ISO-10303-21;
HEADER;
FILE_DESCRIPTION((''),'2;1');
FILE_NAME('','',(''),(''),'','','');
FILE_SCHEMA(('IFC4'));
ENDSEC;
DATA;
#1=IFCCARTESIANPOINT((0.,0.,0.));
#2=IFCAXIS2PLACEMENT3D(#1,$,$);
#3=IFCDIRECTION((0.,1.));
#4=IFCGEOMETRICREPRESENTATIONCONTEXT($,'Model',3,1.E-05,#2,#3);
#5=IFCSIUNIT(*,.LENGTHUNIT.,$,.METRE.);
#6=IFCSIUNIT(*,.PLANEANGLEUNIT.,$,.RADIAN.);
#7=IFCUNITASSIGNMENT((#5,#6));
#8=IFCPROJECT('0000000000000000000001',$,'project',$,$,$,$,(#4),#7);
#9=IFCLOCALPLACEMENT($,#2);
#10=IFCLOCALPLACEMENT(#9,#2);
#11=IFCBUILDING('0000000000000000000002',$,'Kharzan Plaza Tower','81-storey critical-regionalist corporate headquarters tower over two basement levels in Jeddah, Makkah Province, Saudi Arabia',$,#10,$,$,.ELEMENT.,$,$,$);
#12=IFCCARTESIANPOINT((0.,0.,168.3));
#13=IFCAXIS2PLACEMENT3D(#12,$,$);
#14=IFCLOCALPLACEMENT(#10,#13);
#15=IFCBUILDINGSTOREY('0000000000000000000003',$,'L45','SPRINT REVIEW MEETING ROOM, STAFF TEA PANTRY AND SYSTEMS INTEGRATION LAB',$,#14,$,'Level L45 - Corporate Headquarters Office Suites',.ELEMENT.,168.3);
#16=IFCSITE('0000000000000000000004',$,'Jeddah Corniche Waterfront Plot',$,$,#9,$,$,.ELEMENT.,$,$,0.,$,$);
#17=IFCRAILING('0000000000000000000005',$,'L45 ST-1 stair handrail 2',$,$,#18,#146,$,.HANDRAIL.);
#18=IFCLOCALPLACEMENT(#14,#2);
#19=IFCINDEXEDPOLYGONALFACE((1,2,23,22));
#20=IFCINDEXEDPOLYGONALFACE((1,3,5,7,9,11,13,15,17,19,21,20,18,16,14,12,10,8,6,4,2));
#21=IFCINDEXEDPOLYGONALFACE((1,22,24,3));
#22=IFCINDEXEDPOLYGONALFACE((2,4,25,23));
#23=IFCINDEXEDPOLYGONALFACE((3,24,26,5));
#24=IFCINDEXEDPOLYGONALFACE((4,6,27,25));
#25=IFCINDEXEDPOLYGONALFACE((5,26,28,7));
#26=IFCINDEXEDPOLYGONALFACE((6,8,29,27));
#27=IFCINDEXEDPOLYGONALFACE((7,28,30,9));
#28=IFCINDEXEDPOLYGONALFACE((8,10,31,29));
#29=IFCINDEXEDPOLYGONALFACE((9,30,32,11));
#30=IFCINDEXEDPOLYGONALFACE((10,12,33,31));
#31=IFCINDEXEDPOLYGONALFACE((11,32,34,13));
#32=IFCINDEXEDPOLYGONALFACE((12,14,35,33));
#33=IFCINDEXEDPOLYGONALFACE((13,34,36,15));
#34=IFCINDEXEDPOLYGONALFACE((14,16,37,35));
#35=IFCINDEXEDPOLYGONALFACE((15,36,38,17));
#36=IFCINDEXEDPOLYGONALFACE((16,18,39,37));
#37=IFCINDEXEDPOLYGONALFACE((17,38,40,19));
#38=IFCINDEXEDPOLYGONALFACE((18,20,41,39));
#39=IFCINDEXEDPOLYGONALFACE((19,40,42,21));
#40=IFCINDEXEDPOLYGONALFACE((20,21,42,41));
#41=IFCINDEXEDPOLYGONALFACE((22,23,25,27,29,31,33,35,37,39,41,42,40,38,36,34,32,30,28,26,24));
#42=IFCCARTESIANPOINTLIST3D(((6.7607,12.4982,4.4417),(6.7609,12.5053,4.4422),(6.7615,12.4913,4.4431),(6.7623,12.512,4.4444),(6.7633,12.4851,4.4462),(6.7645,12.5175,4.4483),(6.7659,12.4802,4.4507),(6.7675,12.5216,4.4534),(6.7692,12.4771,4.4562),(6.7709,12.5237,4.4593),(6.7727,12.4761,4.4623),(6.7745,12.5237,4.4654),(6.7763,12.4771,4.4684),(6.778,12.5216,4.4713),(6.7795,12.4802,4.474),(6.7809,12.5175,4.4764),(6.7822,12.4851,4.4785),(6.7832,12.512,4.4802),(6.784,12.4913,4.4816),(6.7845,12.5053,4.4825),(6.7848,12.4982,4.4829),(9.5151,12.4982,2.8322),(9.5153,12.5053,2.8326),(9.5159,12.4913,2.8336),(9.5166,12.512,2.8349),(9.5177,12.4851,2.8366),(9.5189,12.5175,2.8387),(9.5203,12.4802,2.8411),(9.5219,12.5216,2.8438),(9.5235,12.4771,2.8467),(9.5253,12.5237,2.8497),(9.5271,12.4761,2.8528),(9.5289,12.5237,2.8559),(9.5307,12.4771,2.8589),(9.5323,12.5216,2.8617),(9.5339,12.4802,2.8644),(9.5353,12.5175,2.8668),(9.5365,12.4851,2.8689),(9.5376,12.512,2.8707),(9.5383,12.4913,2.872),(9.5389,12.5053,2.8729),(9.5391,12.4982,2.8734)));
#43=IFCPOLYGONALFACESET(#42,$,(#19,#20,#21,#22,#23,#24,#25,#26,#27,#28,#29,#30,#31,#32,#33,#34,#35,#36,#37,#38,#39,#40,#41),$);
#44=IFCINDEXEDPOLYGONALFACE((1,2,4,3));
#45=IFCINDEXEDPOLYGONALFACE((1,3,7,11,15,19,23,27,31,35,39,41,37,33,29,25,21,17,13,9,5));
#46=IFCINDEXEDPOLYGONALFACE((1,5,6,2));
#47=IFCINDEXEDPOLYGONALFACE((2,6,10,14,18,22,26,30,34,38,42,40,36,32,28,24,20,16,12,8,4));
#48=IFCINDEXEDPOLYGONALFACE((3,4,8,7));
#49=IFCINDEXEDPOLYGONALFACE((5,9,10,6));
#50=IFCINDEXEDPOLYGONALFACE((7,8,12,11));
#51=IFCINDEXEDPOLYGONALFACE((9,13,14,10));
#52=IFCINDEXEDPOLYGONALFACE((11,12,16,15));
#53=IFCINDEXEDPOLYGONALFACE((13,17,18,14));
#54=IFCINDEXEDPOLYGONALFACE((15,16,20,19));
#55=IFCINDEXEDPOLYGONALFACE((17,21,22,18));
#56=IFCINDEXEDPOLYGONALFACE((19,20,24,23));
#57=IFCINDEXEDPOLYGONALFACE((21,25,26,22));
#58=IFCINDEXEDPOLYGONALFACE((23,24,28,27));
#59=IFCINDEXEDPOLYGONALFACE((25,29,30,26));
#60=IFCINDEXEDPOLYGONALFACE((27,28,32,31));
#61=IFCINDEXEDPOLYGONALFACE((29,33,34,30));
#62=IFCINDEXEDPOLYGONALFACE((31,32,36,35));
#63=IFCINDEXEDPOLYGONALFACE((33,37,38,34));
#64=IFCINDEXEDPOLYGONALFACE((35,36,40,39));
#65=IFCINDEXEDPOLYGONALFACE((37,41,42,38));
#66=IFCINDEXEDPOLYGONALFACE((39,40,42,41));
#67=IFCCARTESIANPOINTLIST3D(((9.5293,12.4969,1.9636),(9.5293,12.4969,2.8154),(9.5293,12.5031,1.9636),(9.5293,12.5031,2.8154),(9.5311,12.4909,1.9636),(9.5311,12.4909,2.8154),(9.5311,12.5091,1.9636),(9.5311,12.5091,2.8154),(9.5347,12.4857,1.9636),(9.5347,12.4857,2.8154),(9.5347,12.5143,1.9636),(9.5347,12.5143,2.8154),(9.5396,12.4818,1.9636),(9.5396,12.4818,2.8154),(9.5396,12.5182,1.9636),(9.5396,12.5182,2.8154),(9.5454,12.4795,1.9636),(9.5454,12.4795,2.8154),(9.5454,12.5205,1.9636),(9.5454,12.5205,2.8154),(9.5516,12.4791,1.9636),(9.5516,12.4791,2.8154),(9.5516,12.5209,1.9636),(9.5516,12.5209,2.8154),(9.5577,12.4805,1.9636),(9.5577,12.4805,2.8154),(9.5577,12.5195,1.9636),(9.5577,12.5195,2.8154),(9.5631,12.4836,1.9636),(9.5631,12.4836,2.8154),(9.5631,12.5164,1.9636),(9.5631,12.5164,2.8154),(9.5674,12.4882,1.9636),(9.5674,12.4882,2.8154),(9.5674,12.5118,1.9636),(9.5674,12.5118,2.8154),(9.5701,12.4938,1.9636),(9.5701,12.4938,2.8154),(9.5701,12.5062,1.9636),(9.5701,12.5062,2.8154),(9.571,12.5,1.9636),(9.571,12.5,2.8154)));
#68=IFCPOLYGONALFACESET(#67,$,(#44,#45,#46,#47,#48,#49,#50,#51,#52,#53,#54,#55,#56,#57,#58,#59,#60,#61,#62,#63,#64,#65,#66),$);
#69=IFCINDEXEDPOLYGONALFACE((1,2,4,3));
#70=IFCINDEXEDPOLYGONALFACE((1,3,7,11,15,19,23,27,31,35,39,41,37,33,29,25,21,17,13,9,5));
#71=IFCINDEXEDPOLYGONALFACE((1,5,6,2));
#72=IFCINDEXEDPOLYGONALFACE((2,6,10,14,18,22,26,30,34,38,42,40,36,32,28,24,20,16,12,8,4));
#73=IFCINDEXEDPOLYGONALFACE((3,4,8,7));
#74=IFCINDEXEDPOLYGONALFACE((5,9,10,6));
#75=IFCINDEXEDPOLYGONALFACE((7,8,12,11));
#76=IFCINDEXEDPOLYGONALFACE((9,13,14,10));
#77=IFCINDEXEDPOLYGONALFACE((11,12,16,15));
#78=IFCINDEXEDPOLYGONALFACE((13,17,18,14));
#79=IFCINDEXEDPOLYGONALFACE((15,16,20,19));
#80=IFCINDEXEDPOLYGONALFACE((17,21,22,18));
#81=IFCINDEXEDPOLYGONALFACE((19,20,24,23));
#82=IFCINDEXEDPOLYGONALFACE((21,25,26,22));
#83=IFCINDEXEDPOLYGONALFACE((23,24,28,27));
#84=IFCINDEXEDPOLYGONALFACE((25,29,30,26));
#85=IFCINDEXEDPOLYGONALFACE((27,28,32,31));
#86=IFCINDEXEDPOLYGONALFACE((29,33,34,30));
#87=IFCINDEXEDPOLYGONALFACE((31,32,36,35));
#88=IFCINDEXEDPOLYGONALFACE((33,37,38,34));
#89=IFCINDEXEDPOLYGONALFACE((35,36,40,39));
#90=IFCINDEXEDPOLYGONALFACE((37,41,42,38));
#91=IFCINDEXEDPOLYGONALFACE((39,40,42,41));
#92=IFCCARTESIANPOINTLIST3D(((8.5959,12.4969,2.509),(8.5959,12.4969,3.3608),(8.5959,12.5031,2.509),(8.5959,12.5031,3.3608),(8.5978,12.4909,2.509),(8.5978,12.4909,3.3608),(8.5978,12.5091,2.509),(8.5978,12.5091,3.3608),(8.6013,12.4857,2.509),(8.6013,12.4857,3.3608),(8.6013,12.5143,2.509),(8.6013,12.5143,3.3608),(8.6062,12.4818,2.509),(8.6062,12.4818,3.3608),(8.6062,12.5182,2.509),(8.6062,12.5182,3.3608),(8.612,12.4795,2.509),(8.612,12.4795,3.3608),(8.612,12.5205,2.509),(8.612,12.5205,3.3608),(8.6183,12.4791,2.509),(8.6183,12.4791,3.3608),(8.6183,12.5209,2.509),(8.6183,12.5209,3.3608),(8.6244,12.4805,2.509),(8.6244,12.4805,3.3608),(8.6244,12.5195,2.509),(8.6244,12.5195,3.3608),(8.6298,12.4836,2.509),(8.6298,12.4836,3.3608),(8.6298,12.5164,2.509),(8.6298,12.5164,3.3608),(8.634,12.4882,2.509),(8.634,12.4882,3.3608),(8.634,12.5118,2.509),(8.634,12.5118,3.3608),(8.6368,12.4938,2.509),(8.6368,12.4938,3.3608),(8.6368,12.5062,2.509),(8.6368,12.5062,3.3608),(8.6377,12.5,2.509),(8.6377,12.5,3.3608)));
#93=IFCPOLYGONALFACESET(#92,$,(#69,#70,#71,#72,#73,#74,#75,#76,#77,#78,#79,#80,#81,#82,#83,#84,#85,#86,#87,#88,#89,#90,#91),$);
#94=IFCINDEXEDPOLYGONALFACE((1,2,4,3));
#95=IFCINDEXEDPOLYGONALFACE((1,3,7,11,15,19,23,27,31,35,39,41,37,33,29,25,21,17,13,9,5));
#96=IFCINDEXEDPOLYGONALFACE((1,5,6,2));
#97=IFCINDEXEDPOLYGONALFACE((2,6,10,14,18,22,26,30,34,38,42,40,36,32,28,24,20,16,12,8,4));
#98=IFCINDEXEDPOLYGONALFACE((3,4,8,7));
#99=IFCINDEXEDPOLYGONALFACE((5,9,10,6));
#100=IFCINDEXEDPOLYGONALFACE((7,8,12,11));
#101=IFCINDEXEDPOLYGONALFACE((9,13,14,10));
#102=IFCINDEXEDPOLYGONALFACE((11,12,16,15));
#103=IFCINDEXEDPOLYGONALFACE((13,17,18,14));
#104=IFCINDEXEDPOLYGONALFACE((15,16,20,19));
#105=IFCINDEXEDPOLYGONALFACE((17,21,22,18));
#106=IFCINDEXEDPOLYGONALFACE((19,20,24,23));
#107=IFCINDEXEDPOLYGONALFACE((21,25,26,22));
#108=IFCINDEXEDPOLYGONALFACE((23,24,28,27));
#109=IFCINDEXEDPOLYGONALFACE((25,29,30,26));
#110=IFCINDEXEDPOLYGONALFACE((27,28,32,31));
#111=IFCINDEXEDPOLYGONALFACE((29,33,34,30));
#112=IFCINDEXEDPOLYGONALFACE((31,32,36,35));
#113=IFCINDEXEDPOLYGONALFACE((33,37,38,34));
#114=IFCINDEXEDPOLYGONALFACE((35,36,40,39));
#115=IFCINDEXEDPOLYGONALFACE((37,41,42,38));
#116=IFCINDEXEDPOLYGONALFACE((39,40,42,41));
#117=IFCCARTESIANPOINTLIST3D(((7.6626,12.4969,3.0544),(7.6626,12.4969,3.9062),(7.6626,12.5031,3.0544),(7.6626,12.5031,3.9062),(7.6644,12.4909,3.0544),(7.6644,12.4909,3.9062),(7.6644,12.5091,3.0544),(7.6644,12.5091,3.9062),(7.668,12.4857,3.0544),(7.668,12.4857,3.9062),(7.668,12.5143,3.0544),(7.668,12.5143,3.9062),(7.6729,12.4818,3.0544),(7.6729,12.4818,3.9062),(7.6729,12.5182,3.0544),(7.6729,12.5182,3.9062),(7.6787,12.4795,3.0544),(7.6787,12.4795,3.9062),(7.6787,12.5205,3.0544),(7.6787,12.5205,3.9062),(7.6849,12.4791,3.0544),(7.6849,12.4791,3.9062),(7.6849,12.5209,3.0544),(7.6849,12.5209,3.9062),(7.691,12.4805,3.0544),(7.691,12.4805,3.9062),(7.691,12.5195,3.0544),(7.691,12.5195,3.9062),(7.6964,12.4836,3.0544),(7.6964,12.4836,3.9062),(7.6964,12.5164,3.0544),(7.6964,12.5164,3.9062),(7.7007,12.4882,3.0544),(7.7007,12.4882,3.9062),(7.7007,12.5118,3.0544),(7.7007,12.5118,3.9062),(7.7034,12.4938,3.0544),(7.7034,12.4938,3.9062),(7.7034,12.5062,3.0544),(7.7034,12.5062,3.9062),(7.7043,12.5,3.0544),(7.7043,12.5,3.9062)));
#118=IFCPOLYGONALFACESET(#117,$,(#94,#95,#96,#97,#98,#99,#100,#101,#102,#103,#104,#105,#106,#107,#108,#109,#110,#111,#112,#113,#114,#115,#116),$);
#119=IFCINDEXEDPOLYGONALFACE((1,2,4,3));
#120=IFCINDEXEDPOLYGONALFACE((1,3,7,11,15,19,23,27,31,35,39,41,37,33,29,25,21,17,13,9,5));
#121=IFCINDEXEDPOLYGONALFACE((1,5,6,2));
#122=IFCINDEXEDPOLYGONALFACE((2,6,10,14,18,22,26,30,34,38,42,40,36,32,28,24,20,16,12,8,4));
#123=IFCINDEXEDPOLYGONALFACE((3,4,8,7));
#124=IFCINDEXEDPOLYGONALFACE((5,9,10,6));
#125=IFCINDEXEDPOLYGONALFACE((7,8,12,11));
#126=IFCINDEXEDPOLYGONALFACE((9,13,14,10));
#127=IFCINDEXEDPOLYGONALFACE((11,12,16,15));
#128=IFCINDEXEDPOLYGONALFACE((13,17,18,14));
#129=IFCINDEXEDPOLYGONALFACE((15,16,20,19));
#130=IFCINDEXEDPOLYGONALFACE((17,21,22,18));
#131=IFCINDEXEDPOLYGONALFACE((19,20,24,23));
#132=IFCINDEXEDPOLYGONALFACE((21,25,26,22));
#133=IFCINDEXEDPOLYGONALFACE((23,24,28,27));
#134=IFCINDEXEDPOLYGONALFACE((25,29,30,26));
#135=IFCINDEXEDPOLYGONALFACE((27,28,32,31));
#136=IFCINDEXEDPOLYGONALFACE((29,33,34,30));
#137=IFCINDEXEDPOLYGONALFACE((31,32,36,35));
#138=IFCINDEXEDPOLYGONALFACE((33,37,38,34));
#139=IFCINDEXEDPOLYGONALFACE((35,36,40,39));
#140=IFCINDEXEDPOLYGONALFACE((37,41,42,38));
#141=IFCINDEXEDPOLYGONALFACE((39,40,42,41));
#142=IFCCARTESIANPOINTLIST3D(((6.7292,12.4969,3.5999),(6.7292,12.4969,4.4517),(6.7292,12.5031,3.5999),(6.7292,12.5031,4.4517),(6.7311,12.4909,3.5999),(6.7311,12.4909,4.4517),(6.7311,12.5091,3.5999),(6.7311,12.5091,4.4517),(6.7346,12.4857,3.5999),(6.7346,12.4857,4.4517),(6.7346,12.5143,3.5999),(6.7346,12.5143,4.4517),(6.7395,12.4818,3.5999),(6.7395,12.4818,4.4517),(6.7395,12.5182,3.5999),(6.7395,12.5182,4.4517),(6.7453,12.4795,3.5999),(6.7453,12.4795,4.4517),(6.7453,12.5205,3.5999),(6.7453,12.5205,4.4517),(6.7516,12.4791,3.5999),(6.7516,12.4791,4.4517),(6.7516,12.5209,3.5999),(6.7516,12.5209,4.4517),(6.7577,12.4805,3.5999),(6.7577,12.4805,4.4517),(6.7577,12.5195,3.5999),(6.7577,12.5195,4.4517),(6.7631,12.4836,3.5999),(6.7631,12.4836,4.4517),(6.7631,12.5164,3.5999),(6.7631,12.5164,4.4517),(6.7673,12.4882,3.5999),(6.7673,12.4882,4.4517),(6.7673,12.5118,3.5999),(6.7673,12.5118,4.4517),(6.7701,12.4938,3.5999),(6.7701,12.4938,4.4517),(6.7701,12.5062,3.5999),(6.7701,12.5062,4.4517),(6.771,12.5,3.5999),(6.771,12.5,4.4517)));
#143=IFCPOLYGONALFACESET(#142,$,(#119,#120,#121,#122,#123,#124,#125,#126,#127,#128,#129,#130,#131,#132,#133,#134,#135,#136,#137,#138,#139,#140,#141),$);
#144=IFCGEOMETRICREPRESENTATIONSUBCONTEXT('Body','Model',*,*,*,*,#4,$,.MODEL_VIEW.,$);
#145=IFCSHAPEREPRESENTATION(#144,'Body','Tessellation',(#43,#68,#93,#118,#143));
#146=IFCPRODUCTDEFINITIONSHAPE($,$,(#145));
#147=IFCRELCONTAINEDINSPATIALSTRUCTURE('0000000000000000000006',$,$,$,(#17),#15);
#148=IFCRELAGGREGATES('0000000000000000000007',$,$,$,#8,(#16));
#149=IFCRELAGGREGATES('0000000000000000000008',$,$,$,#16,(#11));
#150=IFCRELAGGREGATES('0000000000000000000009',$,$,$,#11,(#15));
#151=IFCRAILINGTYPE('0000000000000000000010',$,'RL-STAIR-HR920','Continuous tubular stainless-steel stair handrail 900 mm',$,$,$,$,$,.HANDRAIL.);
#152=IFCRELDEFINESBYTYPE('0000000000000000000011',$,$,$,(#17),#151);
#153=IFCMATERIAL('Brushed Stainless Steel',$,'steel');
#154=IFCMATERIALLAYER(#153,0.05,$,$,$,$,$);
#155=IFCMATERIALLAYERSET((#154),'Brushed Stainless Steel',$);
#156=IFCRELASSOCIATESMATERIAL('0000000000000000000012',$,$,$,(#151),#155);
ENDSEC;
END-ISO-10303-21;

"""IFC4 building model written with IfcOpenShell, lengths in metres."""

from ifc_helpers import new_model, si_unit, direction, frame, origin, origin_2d, place, context, subcontext, project, spatial, circle, extrude, source, transform, mapped, material, layer, layer_set, type_object, element, save


model = new_model("IFC4")

# Units and contexts
model_context = context("Model", 3, precision=1e-05, world=origin(), true_north=direction((0.0, 1.0)))
body_context = subcontext(model_context, "Body", "Model", "MODEL_VIEW")
ifc_project = project(units=[si_unit("LENGTHUNIT", "METRE"), si_unit("PLANEANGLEUNIT", "RADIAN")], contexts=[model_context])

# Site, building, storey
site_placement = place(None, origin())
site = spatial("IfcSite", under=ifc_project, at=site_placement, Name="Jeddah Corniche Waterfront Plot", CompositionType="ELEMENT", RefElevation=0.0)
building_placement = place(site_placement, origin())
building = spatial("IfcBuilding", under=site, at=building_placement, Name="Kharzan Plaza Tower", Description="81-storey critical-regionalist corporate headquarters tower over two basement levels in Jeddah, Makkah Province, Saudi Arabia", CompositionType="ELEMENT")
storey_placement = place(building_placement, frame((0.0, 0.0, 168.3)))
storey = spatial("IfcBuildingStorey", under=building, at=storey_placement, Name="L45", Description="SPRINT REVIEW MEETING ROOM, STAFF TEA PANTRY AND SYSTEMS INTEGRATION LAB", LongName="Level L45 - Corporate Headquarters Office Suites", CompositionType="ELEMENT", Elevation=168.3)

# Shared definitions
ifc_material_1 = material(Name="Brushed Stainless Steel", Category="steel")

# Railing
ifc_layer_1 = layer(ifc_material_1, 0.05)
ifc_layer_set_1 = layer_set([ifc_layer_1], Name="Brushed Stainless Steel")
railing_type_1 = type_object("IfcRailingType", Name="RL-STAIR-HR920", Description="Continuous tubular stainless-steel stair handrail 900 mm", PredefinedType="HANDRAIL", material=ifc_layer_set_1)
shared_shape_1 = source(origin(), body_context, "Body", "SweptSolid", [
    extrude(circle(Radius=0.0239, at=origin_2d()), frame((-0.0229, 0.0, 0.8892), z_axis=(-0.863394, 0.0, 0.504531), x_axis=(0.0, -1.0, 0.0)), (0.0, 0.0, 1.0), 3.1902),
    extrude(circle(Radius=0.021, at=origin_2d()), origin(), (0.0, 0.0, 1.0), 0.8518),
    extrude(circle(Radius=0.021, at=origin_2d()), frame((-0.9333, 0.0, 0.5454)), (0.0, 0.0, 1.0), 0.8518),
    extrude(circle(Radius=0.021, at=origin_2d()), frame((-1.8667, 0.0, 1.0908)), (0.0, 0.0, 1.0), 0.8518),
    extrude(circle(Radius=0.021, at=origin_2d()), frame((-2.8, 0.0, 1.6362)), (0.0, 0.0, 1.0), 0.8518),
])
railing_1_placement = place(storey_placement, frame((9.55, 12.5, 1.9636)))
element("IfcRailing", 1, at=railing_1_placement, inside=storey, type_object=railing_type_1, Name="L45 ST-1 stair handrail 2", PredefinedType="HANDRAIL", context=body_context, shape_type="MappedRepresentation", body=[
    mapped(shared_shape_1, transform((0.0, 0.0, 0.0), x_axis=(1.0, 0.0, 0.0), y_axis=(0.0, 1.0, 0.0), z_axis=(0.0, 0.0, 1.0))),
])

save(model, "model.ifc")
